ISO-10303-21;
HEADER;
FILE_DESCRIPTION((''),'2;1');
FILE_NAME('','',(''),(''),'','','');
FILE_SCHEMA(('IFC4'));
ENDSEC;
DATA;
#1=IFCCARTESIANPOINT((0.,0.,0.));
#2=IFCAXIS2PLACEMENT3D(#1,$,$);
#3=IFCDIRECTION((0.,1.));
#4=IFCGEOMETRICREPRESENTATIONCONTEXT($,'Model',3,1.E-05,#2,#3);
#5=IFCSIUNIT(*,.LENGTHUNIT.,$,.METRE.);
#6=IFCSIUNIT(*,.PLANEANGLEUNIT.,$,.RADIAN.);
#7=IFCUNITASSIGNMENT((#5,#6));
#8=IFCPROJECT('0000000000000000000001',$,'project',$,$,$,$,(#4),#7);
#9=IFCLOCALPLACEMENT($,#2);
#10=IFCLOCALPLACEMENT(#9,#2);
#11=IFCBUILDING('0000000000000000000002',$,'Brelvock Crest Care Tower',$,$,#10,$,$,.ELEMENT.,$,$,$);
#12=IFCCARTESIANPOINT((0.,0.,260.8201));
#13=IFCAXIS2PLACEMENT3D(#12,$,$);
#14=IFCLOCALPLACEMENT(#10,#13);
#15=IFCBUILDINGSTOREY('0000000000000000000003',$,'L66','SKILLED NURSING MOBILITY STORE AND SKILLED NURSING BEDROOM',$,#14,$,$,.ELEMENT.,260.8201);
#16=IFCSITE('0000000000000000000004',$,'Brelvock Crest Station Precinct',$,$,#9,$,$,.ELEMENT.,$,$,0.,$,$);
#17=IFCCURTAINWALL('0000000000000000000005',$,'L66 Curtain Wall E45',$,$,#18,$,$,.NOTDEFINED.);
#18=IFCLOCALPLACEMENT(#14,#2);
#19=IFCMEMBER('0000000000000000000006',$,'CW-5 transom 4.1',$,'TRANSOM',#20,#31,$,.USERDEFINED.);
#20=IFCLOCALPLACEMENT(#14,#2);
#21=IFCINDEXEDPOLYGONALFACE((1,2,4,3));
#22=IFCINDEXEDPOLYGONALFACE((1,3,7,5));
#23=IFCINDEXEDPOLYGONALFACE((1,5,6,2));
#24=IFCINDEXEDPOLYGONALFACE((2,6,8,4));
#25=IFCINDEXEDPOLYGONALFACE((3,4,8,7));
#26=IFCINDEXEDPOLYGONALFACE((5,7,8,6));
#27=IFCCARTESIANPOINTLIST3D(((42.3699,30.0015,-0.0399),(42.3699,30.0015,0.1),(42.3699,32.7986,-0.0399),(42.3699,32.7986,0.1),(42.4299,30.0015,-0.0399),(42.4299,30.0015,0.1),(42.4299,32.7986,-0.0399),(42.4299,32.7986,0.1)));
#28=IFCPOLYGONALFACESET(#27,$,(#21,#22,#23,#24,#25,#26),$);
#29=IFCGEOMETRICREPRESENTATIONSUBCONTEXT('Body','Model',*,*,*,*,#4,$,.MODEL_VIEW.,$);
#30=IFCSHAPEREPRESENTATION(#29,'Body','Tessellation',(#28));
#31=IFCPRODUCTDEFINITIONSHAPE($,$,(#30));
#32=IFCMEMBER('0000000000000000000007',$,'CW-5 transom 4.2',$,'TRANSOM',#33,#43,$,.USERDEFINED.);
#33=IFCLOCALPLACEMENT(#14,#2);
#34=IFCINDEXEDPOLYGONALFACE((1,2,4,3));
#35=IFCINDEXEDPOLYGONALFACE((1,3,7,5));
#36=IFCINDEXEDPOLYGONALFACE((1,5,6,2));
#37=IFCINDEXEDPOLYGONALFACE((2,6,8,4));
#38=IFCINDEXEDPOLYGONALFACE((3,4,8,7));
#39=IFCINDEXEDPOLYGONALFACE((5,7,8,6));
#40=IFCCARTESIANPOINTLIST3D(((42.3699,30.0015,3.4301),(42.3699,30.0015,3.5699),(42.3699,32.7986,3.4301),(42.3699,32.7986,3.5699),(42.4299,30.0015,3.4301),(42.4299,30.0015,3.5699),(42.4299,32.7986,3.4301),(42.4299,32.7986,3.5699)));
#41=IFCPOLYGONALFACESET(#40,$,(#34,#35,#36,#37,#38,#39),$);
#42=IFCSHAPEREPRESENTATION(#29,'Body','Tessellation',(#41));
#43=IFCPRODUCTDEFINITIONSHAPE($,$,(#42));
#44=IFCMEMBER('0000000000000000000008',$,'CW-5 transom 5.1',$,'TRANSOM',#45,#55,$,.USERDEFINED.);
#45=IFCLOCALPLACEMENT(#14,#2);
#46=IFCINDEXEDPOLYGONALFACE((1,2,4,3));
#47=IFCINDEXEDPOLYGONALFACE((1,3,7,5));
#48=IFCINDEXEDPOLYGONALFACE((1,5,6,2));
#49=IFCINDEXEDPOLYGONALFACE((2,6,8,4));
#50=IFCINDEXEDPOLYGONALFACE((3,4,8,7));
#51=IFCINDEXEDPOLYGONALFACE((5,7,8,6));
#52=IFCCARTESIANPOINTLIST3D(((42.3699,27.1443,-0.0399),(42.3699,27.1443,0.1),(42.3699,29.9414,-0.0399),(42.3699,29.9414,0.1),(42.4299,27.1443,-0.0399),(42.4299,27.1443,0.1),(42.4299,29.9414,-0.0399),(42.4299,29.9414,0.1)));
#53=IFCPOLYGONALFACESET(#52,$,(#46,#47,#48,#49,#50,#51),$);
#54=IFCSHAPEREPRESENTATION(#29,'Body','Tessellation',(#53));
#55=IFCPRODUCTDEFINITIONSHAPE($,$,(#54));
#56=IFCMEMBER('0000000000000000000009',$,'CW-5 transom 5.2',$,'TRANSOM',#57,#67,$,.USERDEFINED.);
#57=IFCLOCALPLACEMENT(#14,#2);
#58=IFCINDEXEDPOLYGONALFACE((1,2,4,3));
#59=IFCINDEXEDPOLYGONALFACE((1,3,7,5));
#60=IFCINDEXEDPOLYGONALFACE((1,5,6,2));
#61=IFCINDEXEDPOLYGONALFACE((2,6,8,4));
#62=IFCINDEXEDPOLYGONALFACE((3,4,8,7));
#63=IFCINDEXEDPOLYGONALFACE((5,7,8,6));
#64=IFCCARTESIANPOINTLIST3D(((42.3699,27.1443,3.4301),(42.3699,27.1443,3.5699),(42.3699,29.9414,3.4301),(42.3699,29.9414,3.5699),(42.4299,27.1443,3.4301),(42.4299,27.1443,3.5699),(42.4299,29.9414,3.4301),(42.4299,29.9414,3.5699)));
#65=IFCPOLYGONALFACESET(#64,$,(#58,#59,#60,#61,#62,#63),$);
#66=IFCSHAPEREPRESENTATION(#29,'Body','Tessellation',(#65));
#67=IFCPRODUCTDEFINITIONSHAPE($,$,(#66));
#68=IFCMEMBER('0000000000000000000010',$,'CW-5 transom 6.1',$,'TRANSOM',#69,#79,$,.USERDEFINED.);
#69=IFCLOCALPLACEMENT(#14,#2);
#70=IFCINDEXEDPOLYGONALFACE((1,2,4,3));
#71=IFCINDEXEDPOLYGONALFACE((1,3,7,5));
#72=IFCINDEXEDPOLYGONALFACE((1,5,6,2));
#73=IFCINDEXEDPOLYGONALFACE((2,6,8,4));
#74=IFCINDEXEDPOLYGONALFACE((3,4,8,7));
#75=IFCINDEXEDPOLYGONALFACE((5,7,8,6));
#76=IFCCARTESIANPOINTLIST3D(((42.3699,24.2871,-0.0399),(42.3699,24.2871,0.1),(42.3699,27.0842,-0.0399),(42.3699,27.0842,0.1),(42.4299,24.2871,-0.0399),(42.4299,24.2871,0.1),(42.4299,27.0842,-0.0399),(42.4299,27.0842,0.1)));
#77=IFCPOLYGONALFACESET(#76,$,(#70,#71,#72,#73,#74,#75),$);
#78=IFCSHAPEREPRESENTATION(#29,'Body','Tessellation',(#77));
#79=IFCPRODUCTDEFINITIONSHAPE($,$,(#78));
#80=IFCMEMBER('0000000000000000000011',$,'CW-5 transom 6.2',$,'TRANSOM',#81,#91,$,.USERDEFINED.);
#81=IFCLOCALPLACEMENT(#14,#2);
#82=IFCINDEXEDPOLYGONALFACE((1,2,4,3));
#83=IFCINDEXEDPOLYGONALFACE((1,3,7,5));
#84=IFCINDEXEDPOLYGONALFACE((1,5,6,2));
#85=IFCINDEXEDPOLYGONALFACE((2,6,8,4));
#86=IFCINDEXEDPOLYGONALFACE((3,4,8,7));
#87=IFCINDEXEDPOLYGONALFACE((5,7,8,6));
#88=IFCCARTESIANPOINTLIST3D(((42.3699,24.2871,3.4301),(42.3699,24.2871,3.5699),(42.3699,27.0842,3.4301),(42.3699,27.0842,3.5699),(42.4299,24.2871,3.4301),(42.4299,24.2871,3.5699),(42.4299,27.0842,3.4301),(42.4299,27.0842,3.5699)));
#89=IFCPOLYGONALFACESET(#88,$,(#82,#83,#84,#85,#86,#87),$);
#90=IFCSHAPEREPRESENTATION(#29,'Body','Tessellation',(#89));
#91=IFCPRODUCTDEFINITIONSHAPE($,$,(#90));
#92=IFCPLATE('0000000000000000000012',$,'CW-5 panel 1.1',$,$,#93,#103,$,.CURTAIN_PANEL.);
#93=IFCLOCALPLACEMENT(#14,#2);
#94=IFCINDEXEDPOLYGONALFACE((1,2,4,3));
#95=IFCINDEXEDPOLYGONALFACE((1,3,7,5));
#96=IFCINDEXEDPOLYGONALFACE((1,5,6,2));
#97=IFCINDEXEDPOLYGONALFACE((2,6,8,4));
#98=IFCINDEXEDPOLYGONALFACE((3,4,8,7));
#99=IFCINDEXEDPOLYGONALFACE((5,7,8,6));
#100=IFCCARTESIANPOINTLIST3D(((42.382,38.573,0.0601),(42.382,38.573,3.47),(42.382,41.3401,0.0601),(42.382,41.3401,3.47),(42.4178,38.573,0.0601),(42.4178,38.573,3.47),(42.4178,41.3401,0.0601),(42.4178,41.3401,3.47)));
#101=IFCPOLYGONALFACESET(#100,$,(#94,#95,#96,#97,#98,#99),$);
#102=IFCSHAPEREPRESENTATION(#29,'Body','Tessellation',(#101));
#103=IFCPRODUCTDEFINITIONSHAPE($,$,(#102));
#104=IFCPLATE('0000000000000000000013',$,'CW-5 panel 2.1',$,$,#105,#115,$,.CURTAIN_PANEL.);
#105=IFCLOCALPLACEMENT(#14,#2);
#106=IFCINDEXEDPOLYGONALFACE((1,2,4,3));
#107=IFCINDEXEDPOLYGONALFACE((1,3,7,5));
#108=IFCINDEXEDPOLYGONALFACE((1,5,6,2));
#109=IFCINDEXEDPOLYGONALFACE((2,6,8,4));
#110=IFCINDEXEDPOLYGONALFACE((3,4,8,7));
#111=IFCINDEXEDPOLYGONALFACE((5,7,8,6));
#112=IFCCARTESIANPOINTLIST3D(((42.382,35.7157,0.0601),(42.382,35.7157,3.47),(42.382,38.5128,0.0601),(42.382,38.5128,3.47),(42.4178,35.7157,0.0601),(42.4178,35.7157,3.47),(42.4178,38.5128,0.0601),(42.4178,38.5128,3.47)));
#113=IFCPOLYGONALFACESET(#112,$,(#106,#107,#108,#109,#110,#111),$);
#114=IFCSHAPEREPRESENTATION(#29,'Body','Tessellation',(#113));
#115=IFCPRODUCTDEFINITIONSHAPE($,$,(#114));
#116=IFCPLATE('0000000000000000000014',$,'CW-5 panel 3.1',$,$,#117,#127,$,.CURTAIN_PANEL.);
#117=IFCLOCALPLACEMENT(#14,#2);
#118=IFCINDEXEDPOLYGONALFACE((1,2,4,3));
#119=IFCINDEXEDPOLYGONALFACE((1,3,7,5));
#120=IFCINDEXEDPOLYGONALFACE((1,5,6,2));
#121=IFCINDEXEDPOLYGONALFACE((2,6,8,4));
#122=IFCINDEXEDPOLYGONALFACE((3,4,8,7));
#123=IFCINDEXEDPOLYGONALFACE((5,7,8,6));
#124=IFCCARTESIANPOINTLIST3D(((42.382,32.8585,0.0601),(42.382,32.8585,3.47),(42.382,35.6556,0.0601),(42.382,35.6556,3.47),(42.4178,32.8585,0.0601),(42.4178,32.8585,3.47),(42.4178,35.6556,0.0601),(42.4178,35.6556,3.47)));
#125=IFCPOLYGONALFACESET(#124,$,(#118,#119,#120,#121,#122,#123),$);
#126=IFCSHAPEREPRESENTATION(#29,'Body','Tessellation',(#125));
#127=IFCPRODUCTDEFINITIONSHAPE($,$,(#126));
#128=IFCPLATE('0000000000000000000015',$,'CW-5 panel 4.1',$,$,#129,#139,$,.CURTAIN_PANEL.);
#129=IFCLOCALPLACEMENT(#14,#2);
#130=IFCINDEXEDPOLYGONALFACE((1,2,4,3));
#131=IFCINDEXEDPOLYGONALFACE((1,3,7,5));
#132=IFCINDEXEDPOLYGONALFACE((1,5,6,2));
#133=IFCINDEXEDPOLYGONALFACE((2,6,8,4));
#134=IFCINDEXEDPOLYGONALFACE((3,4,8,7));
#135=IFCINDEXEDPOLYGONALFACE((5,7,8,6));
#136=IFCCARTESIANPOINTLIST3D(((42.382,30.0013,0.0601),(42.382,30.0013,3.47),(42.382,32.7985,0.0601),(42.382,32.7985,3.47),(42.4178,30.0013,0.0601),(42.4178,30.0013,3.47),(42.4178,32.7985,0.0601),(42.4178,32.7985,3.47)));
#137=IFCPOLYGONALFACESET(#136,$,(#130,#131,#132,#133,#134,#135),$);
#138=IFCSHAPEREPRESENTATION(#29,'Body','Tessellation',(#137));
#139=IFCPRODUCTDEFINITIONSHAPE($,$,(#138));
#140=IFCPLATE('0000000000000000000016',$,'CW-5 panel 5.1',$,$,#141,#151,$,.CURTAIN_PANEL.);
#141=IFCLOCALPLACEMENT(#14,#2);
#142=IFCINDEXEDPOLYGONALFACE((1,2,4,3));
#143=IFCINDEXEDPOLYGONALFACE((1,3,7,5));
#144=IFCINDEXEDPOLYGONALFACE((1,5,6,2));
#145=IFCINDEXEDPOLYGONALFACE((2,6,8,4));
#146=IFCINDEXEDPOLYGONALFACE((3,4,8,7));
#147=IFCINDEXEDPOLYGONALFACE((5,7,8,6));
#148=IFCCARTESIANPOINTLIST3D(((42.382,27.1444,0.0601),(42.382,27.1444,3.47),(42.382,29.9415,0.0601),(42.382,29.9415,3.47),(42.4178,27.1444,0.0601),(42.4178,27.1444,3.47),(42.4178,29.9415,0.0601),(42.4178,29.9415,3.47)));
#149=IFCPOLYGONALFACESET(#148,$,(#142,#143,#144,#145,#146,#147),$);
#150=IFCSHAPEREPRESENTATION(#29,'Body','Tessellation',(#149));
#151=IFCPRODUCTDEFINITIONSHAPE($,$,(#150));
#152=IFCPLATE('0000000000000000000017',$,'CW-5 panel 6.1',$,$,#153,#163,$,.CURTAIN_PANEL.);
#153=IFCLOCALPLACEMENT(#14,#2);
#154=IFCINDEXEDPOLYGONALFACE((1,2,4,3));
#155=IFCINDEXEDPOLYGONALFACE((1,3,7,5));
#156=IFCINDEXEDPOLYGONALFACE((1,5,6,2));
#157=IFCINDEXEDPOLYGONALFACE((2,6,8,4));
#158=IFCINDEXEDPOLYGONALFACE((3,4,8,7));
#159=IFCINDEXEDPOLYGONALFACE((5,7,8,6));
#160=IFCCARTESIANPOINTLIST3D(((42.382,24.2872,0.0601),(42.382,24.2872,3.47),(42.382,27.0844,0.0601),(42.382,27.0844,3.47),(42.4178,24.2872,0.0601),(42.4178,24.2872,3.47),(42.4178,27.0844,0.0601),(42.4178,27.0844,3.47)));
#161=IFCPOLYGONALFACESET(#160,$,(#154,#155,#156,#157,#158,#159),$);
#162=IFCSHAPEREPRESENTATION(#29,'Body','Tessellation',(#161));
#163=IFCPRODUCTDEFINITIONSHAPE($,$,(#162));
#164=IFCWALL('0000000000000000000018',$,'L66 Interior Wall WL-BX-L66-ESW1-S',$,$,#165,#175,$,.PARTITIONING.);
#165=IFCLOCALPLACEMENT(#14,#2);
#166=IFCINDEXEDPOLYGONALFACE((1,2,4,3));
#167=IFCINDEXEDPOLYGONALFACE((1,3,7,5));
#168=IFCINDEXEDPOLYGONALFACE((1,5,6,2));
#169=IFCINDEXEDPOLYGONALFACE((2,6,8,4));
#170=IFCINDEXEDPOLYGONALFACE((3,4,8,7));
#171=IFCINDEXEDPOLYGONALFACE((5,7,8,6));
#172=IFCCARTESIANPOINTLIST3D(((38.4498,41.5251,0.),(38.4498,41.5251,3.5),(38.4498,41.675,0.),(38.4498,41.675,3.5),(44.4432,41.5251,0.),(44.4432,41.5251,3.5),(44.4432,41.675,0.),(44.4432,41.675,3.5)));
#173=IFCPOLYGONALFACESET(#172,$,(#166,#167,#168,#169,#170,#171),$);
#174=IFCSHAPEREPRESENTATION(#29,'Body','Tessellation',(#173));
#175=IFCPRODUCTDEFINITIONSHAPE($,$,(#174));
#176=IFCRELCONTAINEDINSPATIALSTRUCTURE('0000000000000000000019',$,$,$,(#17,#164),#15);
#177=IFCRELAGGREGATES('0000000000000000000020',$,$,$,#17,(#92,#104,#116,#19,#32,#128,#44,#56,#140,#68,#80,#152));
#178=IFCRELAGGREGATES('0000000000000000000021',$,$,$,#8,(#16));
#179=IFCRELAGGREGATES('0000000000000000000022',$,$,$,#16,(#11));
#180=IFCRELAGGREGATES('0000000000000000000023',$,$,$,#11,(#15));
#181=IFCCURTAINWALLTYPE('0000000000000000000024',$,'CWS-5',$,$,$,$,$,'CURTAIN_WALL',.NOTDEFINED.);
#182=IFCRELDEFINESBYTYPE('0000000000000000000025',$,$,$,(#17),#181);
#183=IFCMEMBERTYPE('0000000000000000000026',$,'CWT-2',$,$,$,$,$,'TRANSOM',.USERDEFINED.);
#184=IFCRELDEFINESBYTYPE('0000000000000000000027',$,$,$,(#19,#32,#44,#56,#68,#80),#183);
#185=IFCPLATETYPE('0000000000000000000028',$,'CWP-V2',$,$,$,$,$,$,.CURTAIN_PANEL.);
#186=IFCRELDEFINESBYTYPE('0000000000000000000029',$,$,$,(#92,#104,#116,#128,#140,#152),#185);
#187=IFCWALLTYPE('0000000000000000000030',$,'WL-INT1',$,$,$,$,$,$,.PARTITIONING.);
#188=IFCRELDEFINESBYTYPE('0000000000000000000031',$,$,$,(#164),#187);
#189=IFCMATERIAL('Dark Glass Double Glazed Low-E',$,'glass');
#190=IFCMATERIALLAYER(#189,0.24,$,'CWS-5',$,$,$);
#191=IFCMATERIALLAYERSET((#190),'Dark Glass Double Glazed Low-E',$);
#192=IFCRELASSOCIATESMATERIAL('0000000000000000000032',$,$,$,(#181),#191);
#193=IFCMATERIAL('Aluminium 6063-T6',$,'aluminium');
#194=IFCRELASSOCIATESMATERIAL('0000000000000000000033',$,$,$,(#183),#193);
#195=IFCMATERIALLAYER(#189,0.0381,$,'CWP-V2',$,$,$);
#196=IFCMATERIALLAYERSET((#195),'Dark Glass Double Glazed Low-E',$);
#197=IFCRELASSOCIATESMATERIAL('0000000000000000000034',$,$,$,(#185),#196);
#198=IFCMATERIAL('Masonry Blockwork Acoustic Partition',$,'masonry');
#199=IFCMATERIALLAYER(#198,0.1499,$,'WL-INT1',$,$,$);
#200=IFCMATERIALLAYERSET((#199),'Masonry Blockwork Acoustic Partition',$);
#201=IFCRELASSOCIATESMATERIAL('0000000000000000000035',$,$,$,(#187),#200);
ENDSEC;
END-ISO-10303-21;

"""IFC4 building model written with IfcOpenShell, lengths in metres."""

from ifc_helpers import new_model, si_unit, direction, frame, frame_2d, origin, origin_2d, place, context, subcontext, project, spatial, rectangle, extrude, source, transform, mapped, material, layer, layer_set, material_profile, profile_set, type_object, element, aggregate, save


model = new_model("IFC4")

# Units and contexts
model_context = context("Model", 3, precision=1e-05, world=origin(), true_north=direction((0.0, 1.0)))
body_context = subcontext(model_context, "Body", "Model", "MODEL_VIEW")
ifc_project = project(units=[si_unit("LENGTHUNIT", "METRE"), si_unit("PLANEANGLEUNIT", "RADIAN")], contexts=[model_context])

# Site, building, storey
site_placement = place(None, origin())
site = spatial("IfcSite", under=ifc_project, at=site_placement, Name="Brelvock Crest Station Precinct", CompositionType="ELEMENT", RefElevation=0.0)
building_placement = place(site_placement, origin())
building = spatial("IfcBuilding", under=site, at=building_placement, Name="Brelvock Crest Care Tower", CompositionType="ELEMENT")
storey_placement = place(building_placement, frame((0.0, 0.0, 260.8201)))
storey = spatial("IfcBuildingStorey", under=building, at=storey_placement, Name="L66", Description="SKILLED NURSING MOBILITY STORE AND SKILLED NURSING BEDROOM", CompositionType="ELEMENT", Elevation=260.8201)

# Curtain wall, members, plates
ifc_material_1 = material(Name="Dark Glass Double Glazed Low-E", Category="glass")
ifc_layer_1 = layer(ifc_material_1, 0.24, Name="CWS-5")
ifc_layer_set_1 = layer_set([ifc_layer_1], Name="Dark Glass Double Glazed Low-E")
curtain_wall_type = type_object("IfcCurtainWallType", Name="CWS-5", ElementType="CURTAIN_WALL", PredefinedType="NOTDEFINED", material=ifc_layer_set_1)
curtain_wall_placement = place(storey_placement, origin())
curtain_wall = element("IfcCurtainWall", 1, at=curtain_wall_placement, inside=storey, type_object=curtain_wall_type, Name="L66 Curtain Wall E45", PredefinedType="NOTDEFINED")
ifc_material_2 = material(Name="Aluminium 6063-T6", Category="aluminium")
ifc_material_profile_1 = material_profile(ifc_material_2, rectangle(XDim=0.0601, YDim=0.1399, at=origin_2d()), Name="ALU60x140")
ifc_profile_set_1 = profile_set([ifc_material_profile_1], Name="Aluminium 6063-T6")
member_type_1 = type_object("IfcMemberType", Name="CWT-2", ElementType="TRANSOM", PredefinedType="USERDEFINED", material=ifc_profile_set_1)
shared_shape_1 = source(origin(), body_context, "Body", "SweptSolid", [
    extrude(rectangle(XDim=0.0601, YDim=0.1399, at=origin_2d()), origin(), (0.0, 0.0, 1.0), 2.7971),
])
member_1_placement = place(storey_placement, frame((42.3999, 32.7986, 0.03), z_axis=(0.0, -1.0, 0.0), x_axis=(1.0, 0.0, 0.0)))
member_1 = element("IfcMember", 2, at=member_1_placement, type_object=member_type_1, Name="CW-5 transom 4.1", ObjectType="TRANSOM", PredefinedType="USERDEFINED", context=body_context, shape_type="MappedRepresentation", body=[
    mapped(shared_shape_1, transform((0.0, 0.0, 0.0), x_axis=(1.0, 0.0, 0.0), y_axis=(0.0, 1.0, 0.0), z_axis=(0.0, 0.0, 1.0), scale=1.0)),
])
member_2_placement = place(storey_placement, frame((42.3999, 32.7986, 3.5), z_axis=(0.0, -1.0, 0.0), x_axis=(1.0, 0.0, 0.0)))
member_2 = element("IfcMember", 3, at=member_2_placement, type_object=member_type_1, Name="CW-5 transom 4.2", ObjectType="TRANSOM", PredefinedType="USERDEFINED", context=body_context, shape_type="MappedRepresentation", body=[
    mapped(shared_shape_1, transform((0.0, 0.0, 0.0), x_axis=(1.0, 0.0, 0.0), y_axis=(0.0, 1.0, 0.0), z_axis=(0.0, 0.0, 1.0), scale=1.0)),
])
member_3_placement = place(storey_placement, frame((42.3999, 29.9414, 0.03), z_axis=(0.0, -1.0, 0.0), x_axis=(1.0, 0.0, 0.0)))
member_3 = element("IfcMember", 4, at=member_3_placement, type_object=member_type_1, Name="CW-5 transom 5.1", ObjectType="TRANSOM", PredefinedType="USERDEFINED", context=body_context, shape_type="MappedRepresentation", body=[
    mapped(shared_shape_1, transform((0.0, 0.0, 0.0), x_axis=(1.0, 0.0, 0.0), y_axis=(0.0, 1.0, 0.0), z_axis=(0.0, 0.0, 1.0), scale=1.0)),
])
member_4_placement = place(storey_placement, frame((42.3999, 29.9414, 3.5), z_axis=(0.0, -1.0, 0.0), x_axis=(1.0, 0.0, 0.0)))
member_4 = element("IfcMember", 5, at=member_4_placement, type_object=member_type_1, Name="CW-5 transom 5.2", ObjectType="TRANSOM", PredefinedType="USERDEFINED", context=body_context, shape_type="MappedRepresentation", body=[
    mapped(shared_shape_1, transform((0.0, 0.0, 0.0), x_axis=(1.0, 0.0, 0.0), y_axis=(0.0, 1.0, 0.0), z_axis=(0.0, 0.0, 1.0), scale=1.0)),
])
member_5_placement = place(storey_placement, frame((42.3999, 27.0842, 0.03), z_axis=(0.0, -1.0, 0.0), x_axis=(1.0, 0.0, 0.0)))
member_5 = element("IfcMember", 6, at=member_5_placement, type_object=member_type_1, Name="CW-5 transom 6.1", ObjectType="TRANSOM", PredefinedType="USERDEFINED", context=body_context, shape_type="MappedRepresentation", body=[
    mapped(shared_shape_1, transform((0.0, 0.0, 0.0), x_axis=(1.0, 0.0, 0.0), y_axis=(0.0, 1.0, 0.0), z_axis=(0.0, 0.0, 1.0), scale=1.0)),
])
member_6_placement = place(storey_placement, frame((42.3999, 27.0842, 3.5), z_axis=(0.0, -1.0, 0.0), x_axis=(1.0, 0.0, 0.0)))
member_6 = element("IfcMember", 7, at=member_6_placement, type_object=member_type_1, Name="CW-5 transom 6.2", ObjectType="TRANSOM", PredefinedType="USERDEFINED", context=body_context, shape_type="MappedRepresentation", body=[
    mapped(shared_shape_1, transform((0.0, 0.0, 0.0), x_axis=(1.0, 0.0, 0.0), y_axis=(0.0, 1.0, 0.0), z_axis=(0.0, 0.0, 1.0), scale=1.0)),
])
ifc_layer_2 = layer(ifc_material_1, 0.0381, Name="CWP-V2")
ifc_layer_set_2 = layer_set([ifc_layer_2], Name="Dark Glass Double Glazed Low-E")
plate_type = type_object("IfcPlateType", Name="CWP-V2", PredefinedType="CURTAIN_PANEL", material=ifc_layer_set_2)
shared_shape_2 = source(origin(), body_context, "Body", "SweptSolid", [
    extrude(rectangle(XDim=2.7671, YDim=0.0359, at=origin_2d()), origin(), (0.0, 0.0, 1.0), 3.4099),
])
plate_1_placement = place(storey_placement, frame((42.3999, 39.9565, 0.0601), z_axis=(0.0, 0.0, 1.0), x_axis=(0.0, -1.0, 0.0)))
plate_1 = element("IfcPlate", 8, at=plate_1_placement, type_object=plate_type, Name="CW-5 panel 1.1", PredefinedType="CURTAIN_PANEL", context=body_context, shape_type="MappedRepresentation", body=[
    mapped(shared_shape_2, transform((0.0, 0.0, 0.0), x_axis=(1.0, 0.0, 0.0), y_axis=(0.0, 1.0, 0.0), z_axis=(0.0, 0.0, 1.0), scale=1.0)),
])
shared_shape_3 = source(origin(), body_context, "Body", "SweptSolid", [
    extrude(rectangle(XDim=2.7971, YDim=0.0359, at=origin_2d()), origin(), (0.0, 0.0, 1.0), 3.4099),
])
plate_2_placement = place(storey_placement, frame((42.3999, 37.1143, 0.0601), z_axis=(0.0, 0.0, 1.0), x_axis=(0.0, -1.0, 0.0)))
plate_2 = element("IfcPlate", 9, at=plate_2_placement, type_object=plate_type, Name="CW-5 panel 2.1", PredefinedType="CURTAIN_PANEL", context=body_context, shape_type="MappedRepresentation", body=[
    mapped(shared_shape_3, transform((0.0, 0.0, 0.0), x_axis=(1.0, 0.0, 0.0), y_axis=(0.0, 1.0, 0.0), z_axis=(0.0, 0.0, 1.0), scale=1.0)),
])
plate_3_placement = place(storey_placement, frame((42.3999, 34.2571, 0.0601), z_axis=(0.0, 0.0, 1.0), x_axis=(0.0, -1.0, 0.0)))
plate_3 = element("IfcPlate", 10, at=plate_3_placement, type_object=plate_type, Name="CW-5 panel 3.1", PredefinedType="CURTAIN_PANEL", context=body_context, shape_type="MappedRepresentation", body=[
    mapped(shared_shape_3, transform((0.0, 0.0, 0.0), x_axis=(1.0, 0.0, 0.0), y_axis=(0.0, 1.0, 0.0), z_axis=(0.0, 0.0, 1.0), scale=1.0)),
])
plate_4_placement = place(storey_placement, frame((42.3999, 31.3999, 0.0601), z_axis=(0.0, 0.0, 1.0), x_axis=(0.0, -1.0, 0.0)))
plate_4 = element("IfcPlate", 11, at=plate_4_placement, type_object=plate_type, Name="CW-5 panel 4.1", PredefinedType="CURTAIN_PANEL", context=body_context, shape_type="MappedRepresentation", body=[
    mapped(shared_shape_3, transform((0.0, 0.0, 0.0), x_axis=(1.0, 0.0, 0.0), y_axis=(0.0, 1.0, 0.0), z_axis=(0.0, 0.0, 1.0), scale=1.0)),
])
plate_5_placement = place(storey_placement, frame((42.3999, 28.543, 0.0601), z_axis=(0.0, 0.0, 1.0), x_axis=(0.0, -1.0, 0.0)))
plate_5 = element("IfcPlate", 12, at=plate_5_placement, type_object=plate_type, Name="CW-5 panel 5.1", PredefinedType="CURTAIN_PANEL", context=body_context, shape_type="MappedRepresentation", body=[
    mapped(shared_shape_3, transform((0.0, 0.0, 0.0), x_axis=(1.0, 0.0, 0.0), y_axis=(0.0, 1.0, 0.0), z_axis=(0.0, 0.0, 1.0), scale=1.0)),
])
plate_6_placement = place(storey_placement, frame((42.3999, 25.6858, 0.0601), z_axis=(0.0, 0.0, 1.0), x_axis=(0.0, -1.0, 0.0)))
plate_6 = element("IfcPlate", 13, at=plate_6_placement, type_object=plate_type, Name="CW-5 panel 6.1", PredefinedType="CURTAIN_PANEL", context=body_context, shape_type="MappedRepresentation", body=[
    mapped(shared_shape_3, transform((0.0, 0.0, 0.0), x_axis=(1.0, 0.0, 0.0), y_axis=(0.0, 1.0, 0.0), z_axis=(0.0, 0.0, 1.0), scale=1.0)),
])
aggregate(curtain_wall, [plate_1, plate_2, plate_3, member_1, member_2, plate_4, member_3, member_4, plate_5, member_5, member_6, plate_6])

# Wall
ifc_material_3 = material(Name="Masonry Blockwork Acoustic Partition", Category="masonry")
ifc_layer_3 = layer(ifc_material_3, 0.1499, Name="WL-INT1")
ifc_layer_set_3 = layer_set([ifc_layer_3], Name="Masonry Blockwork Acoustic Partition")
wall_type_1 = type_object("IfcWallType", Name="WL-INT1", PredefinedType="PARTITIONING", material=ifc_layer_set_3)
wall_1_placement = place(storey_placement, frame((38.45, 41.6001, 0.0), z_axis=(0.0, 0.0, 1.0), x_axis=(1.0, 0.0, 0.0)))
element("IfcWall", 14, at=wall_1_placement, inside=storey, type_object=wall_type_1, Name="L66 Interior Wall WL-BX-L66-ESW1-S", PredefinedType="PARTITIONING", context=body_context, shape_type="SweptSolid", body=[
    extrude(rectangle(XDim=5.9934, YDim=0.1499, at=frame_2d((2.9966, 0.0))), origin(), (0.0, 0.0, 1.0), 3.5),
])

save(model, "model.ifc")
